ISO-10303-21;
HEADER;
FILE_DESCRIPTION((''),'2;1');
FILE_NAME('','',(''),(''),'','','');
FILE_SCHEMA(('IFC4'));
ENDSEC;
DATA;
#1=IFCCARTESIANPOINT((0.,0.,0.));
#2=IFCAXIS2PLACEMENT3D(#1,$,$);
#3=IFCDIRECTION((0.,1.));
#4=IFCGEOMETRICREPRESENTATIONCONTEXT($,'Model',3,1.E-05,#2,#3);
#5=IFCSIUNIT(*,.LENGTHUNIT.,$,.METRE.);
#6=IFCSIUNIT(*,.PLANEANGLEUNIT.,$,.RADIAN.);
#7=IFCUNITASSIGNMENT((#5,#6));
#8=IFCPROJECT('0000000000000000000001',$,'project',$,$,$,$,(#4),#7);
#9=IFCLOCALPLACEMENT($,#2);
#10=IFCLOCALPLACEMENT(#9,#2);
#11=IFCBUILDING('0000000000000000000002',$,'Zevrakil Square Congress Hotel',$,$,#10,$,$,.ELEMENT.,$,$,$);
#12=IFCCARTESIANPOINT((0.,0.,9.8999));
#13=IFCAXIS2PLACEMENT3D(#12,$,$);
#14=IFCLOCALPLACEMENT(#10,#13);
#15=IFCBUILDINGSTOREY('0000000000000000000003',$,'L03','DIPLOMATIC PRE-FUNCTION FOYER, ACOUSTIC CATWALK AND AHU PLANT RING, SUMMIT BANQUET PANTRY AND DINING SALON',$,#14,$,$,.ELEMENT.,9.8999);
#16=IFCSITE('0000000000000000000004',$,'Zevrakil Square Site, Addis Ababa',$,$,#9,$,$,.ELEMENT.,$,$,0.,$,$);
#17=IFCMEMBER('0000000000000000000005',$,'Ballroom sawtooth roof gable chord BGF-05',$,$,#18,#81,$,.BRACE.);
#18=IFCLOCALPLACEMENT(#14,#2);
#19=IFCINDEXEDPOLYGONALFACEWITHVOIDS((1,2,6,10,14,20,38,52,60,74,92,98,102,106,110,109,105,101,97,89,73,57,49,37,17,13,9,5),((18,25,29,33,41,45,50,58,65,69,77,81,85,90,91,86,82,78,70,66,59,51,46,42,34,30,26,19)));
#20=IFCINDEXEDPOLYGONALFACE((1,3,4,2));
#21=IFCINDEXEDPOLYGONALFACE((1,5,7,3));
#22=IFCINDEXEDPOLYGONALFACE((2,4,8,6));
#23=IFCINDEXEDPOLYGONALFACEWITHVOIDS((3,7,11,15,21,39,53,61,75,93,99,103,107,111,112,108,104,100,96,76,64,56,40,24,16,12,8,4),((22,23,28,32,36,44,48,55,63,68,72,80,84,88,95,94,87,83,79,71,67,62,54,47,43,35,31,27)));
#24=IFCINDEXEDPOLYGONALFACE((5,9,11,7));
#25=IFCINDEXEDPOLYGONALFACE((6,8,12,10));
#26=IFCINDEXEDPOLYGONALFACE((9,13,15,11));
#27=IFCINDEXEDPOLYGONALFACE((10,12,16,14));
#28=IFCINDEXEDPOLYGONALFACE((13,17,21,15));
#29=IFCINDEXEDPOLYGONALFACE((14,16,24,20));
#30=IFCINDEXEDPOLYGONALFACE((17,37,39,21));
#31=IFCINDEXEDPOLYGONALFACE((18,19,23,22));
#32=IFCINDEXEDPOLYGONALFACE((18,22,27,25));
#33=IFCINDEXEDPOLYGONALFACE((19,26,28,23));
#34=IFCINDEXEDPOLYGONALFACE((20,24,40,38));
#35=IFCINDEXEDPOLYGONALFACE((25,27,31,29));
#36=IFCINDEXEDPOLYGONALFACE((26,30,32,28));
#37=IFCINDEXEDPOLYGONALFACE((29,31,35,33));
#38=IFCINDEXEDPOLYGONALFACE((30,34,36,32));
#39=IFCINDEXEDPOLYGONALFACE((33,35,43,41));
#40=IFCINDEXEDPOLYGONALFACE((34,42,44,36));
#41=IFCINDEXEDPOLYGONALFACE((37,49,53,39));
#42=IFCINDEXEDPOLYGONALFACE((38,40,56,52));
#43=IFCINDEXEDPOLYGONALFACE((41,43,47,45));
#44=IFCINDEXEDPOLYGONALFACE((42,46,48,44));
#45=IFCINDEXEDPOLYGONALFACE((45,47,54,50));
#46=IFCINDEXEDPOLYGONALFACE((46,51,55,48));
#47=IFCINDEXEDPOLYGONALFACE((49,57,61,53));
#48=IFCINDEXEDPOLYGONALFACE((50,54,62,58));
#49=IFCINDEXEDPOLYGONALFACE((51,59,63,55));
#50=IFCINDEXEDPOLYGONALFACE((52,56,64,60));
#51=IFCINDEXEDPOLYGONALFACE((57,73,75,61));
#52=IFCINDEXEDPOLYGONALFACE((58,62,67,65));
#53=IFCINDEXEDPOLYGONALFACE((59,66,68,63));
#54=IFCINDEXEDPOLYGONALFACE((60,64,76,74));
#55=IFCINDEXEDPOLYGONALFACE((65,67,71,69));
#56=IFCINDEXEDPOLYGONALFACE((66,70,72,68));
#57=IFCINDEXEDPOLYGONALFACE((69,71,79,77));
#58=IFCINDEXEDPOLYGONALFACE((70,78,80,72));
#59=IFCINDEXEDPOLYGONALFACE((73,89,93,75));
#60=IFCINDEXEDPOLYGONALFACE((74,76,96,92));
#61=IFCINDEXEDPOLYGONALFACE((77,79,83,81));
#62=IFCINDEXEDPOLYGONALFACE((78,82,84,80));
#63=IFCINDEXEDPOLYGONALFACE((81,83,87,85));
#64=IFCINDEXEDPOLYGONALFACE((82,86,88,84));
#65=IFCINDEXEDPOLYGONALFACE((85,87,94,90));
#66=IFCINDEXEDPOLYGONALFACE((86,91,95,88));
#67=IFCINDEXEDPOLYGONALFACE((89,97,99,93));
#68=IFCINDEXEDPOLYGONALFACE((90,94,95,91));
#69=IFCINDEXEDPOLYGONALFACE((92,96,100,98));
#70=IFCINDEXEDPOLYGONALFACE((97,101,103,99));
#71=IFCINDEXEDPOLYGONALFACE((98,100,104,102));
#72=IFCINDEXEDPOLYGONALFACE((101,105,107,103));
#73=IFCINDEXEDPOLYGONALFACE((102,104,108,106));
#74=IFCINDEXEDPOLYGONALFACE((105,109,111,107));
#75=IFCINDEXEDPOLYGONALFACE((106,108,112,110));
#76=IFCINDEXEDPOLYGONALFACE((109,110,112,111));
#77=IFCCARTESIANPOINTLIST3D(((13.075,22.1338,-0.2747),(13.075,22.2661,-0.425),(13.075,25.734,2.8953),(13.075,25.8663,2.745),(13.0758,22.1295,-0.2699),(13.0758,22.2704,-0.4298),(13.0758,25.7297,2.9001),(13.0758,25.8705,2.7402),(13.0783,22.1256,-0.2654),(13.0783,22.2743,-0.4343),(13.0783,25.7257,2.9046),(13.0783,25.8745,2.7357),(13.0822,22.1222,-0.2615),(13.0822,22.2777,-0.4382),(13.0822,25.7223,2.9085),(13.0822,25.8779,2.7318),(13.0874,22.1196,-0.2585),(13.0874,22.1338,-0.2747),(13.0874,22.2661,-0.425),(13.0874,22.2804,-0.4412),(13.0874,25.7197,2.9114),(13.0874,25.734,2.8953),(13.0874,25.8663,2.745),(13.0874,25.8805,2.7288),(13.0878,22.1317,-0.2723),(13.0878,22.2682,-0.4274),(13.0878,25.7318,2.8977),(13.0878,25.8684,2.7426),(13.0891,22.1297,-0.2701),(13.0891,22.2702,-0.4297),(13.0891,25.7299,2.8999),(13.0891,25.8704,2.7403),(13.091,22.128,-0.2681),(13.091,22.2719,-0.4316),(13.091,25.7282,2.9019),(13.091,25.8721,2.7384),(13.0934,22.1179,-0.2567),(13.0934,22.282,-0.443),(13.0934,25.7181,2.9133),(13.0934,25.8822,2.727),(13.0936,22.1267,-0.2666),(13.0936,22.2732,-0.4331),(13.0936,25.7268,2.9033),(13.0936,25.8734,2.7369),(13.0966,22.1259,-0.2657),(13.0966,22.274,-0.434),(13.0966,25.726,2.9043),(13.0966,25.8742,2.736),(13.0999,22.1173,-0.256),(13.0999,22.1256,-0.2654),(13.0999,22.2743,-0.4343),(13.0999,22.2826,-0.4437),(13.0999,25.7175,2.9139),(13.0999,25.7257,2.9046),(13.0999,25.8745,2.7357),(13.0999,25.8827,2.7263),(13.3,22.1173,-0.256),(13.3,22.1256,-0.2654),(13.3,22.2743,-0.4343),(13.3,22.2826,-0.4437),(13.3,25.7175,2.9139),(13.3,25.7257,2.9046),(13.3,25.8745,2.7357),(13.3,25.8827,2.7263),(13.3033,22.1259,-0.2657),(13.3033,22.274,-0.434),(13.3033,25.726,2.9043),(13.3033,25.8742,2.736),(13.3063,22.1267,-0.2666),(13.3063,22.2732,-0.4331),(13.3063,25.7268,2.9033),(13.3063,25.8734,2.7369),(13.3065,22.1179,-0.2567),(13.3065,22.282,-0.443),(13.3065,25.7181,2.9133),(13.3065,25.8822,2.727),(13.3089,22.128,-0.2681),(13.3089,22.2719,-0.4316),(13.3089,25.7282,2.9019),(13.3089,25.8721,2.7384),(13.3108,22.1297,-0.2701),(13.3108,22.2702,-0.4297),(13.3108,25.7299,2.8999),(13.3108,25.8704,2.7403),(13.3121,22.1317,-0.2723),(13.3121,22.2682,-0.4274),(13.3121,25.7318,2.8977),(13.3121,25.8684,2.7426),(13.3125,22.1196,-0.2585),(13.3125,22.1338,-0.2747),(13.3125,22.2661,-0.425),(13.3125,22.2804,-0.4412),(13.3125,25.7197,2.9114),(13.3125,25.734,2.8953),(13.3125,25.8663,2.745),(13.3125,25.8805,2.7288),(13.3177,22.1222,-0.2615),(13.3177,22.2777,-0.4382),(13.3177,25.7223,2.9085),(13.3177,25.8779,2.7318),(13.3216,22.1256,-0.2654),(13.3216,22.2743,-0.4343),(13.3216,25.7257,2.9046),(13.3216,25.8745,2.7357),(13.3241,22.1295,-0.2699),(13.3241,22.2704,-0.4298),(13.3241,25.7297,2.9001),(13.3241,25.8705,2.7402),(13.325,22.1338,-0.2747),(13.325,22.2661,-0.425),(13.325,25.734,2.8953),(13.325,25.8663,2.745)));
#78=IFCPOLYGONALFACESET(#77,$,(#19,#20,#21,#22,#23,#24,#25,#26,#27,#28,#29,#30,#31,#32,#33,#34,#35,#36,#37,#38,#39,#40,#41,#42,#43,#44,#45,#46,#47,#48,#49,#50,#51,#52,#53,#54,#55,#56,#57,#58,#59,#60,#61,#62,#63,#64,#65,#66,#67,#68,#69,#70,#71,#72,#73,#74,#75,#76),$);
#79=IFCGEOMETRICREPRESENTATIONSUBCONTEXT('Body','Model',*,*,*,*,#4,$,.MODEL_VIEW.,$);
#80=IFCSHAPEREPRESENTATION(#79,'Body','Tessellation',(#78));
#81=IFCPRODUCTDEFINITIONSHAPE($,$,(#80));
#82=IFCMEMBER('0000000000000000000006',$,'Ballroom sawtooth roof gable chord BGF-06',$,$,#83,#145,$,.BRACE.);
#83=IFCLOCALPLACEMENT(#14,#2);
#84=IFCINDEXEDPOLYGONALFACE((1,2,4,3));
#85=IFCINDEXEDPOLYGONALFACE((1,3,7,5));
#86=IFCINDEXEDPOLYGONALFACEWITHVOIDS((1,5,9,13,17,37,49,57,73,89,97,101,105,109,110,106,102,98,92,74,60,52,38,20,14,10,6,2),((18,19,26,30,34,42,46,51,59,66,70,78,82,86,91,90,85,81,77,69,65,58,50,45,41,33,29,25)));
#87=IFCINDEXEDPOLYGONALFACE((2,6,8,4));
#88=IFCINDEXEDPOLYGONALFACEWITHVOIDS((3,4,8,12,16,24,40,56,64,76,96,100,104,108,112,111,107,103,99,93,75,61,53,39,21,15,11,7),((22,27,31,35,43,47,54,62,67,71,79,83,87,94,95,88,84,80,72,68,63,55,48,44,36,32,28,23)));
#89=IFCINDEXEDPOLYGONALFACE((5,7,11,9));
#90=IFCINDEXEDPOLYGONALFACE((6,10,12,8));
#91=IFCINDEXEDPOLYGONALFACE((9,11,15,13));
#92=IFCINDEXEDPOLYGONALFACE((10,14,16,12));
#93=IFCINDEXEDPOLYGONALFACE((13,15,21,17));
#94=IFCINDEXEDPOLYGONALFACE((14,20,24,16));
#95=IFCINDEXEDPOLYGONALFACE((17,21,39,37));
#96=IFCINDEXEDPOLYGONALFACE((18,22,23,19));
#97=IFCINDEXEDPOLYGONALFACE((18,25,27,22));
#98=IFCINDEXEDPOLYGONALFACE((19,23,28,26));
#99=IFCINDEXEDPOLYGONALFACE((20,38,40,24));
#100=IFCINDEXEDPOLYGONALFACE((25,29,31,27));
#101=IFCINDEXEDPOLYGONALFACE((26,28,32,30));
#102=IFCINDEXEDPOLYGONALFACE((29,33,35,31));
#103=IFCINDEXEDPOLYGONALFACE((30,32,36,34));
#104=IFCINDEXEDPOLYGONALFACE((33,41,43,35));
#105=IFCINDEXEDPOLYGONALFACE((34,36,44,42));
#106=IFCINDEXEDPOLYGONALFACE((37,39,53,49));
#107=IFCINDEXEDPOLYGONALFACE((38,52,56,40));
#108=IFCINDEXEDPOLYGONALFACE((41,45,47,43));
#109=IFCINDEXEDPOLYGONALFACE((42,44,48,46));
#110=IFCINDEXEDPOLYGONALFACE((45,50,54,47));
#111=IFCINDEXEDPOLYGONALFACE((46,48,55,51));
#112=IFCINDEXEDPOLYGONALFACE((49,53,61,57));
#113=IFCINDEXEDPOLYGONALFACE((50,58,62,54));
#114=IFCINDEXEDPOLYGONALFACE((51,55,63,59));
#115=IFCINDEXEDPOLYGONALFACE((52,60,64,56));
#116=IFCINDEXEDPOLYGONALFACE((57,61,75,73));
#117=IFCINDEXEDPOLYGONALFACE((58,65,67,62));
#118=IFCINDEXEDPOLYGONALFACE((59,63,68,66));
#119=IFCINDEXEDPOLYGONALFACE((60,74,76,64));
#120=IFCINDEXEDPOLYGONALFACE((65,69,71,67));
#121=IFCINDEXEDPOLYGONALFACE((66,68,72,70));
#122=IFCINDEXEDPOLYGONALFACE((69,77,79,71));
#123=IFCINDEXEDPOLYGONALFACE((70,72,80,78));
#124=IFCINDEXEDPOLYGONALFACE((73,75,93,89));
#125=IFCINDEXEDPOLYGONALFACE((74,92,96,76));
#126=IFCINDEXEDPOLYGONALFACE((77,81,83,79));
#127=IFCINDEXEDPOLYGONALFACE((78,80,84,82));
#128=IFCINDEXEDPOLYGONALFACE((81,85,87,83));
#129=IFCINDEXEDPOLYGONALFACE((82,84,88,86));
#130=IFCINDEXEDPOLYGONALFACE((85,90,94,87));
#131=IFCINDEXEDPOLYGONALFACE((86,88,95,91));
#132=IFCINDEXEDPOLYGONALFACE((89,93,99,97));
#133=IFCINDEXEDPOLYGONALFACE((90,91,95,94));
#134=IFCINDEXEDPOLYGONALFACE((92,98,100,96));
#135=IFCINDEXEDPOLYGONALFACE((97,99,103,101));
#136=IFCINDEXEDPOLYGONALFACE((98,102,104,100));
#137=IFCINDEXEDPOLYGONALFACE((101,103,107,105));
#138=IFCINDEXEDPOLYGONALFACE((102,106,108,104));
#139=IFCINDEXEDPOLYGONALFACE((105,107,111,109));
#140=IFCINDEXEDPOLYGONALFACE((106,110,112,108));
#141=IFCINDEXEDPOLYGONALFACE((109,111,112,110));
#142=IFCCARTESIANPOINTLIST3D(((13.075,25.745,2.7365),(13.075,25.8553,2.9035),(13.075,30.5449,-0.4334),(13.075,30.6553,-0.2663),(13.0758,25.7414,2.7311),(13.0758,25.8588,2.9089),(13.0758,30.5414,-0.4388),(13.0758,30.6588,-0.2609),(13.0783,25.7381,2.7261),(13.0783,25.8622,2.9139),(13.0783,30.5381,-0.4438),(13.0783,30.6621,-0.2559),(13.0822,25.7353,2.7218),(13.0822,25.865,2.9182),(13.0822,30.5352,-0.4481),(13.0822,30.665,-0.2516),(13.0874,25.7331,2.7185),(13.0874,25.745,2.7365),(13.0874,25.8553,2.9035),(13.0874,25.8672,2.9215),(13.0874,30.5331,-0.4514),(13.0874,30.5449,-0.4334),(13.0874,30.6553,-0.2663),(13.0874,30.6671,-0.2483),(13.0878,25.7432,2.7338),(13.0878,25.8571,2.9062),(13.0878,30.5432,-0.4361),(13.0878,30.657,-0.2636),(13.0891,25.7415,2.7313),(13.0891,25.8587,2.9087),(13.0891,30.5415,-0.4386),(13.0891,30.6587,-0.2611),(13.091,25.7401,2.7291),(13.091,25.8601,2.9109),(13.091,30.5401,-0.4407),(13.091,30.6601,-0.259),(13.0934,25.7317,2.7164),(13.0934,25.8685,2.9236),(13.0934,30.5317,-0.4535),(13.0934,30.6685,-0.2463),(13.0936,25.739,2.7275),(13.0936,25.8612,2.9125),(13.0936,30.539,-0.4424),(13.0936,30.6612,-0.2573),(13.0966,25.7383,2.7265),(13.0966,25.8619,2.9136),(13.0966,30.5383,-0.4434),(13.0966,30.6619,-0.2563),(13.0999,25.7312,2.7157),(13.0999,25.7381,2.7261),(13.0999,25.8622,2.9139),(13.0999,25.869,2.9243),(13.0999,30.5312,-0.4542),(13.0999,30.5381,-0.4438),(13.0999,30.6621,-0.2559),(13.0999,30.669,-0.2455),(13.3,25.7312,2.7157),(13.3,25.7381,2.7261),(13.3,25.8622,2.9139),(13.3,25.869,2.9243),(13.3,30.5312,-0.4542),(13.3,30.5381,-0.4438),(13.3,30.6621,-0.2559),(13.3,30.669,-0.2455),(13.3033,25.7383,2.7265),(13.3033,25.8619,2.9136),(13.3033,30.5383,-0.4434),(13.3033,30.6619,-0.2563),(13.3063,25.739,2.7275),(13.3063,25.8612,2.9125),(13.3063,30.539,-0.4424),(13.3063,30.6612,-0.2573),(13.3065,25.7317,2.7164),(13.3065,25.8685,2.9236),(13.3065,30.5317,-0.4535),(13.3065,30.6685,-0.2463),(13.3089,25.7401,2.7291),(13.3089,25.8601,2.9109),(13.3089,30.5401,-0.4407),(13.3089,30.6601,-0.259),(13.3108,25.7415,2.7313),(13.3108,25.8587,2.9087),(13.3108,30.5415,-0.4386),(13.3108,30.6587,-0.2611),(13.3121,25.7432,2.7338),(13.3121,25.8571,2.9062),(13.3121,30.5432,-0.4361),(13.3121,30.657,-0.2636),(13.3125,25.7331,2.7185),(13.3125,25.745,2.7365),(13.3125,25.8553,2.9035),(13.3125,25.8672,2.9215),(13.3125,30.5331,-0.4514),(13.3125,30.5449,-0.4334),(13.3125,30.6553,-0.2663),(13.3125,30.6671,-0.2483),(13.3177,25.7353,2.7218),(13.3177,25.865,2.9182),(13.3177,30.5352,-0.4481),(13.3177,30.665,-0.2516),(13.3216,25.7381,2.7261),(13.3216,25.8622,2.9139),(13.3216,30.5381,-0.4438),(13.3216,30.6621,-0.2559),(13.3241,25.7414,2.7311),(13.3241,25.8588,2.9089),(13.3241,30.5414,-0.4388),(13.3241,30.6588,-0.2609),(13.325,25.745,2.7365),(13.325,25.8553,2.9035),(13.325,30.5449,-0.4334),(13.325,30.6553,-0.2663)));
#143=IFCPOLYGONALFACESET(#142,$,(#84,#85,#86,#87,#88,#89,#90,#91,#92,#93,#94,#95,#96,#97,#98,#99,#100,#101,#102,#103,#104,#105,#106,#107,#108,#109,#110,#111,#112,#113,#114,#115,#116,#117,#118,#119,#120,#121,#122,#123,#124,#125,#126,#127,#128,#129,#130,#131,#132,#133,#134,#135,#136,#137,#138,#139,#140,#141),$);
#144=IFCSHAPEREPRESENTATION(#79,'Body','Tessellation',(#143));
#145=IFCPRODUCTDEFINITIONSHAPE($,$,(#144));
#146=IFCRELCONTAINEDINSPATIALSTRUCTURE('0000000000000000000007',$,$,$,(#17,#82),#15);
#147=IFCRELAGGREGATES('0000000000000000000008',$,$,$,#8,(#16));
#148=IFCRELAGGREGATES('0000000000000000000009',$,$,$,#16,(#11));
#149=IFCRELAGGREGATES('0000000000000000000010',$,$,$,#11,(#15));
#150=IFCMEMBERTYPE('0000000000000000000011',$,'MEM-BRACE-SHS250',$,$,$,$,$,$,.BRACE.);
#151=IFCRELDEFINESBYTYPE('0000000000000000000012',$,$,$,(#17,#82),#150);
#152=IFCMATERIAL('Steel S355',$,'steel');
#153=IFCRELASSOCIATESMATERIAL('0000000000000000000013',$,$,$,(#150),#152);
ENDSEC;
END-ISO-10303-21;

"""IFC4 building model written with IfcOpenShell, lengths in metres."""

from ifc_helpers import new_model, si_unit, direction, frame, origin, origin_2d, place, context, subcontext, project, spatial, hollow_rectangle, extrude, material, material_profile, profile_set, type_object, element, save


model = new_model("IFC4")

# Units and contexts
model_context = context("Model", 3, precision=1e-05, world=origin(), true_north=direction((0.0, 1.0)))
body_context = subcontext(model_context, "Body", "Model", "MODEL_VIEW")
ifc_project = project(units=[si_unit("LENGTHUNIT", "METRE"), si_unit("PLANEANGLEUNIT", "RADIAN")], contexts=[model_context])

# Site, building, storey
site_placement = place(None, origin())
site = spatial("IfcSite", under=ifc_project, at=site_placement, Name="Zevrakil Square Site, Addis Ababa", CompositionType="ELEMENT", RefElevation=0.0)
building_placement = place(site_placement, origin())
building = spatial("IfcBuilding", under=site, at=building_placement, Name="Zevrakil Square Congress Hotel", CompositionType="ELEMENT")
storey_placement = place(building_placement, frame((0.0, 0.0, 9.8999)))
storey = spatial("IfcBuildingStorey", under=building, at=storey_placement, Name="L03", Description="DIPLOMATIC PRE-FUNCTION FOYER, ACOUSTIC CATWALK AND AHU PLANT RING, SUMMIT BANQUET PANTRY AND DINING SALON", CompositionType="ELEMENT", Elevation=9.8999)

# Members
ifc_material_1 = material(Name="Steel S355", Category="steel")
ifc_material_profile_1 = material_profile(ifc_material_1, hollow_rectangle(XDim=0.25, YDim=0.25, WallThickness=0.0125, InnerFilletRadius=0.0125, OuterFilletRadius=0.0249, at=origin_2d()), Name="SHS 250x250x12.5")
ifc_profile_set_1 = profile_set([ifc_material_profile_1], Name="Steel S355")
member_type_1 = type_object("IfcMemberType", Name="MEM-BRACE-SHS250", PredefinedType="BRACE", material=ifc_profile_set_1)
member_1_placement = place(storey_placement, frame((13.2, 22.2, -0.3499), z_axis=(0.0, 0.750524, 0.660844), x_axis=(-1.0, 0.0, 0.0)))
element("IfcMember", 1, at=member_1_placement, inside=storey, type_object=member_type_1, Name="Ballroom sawtooth roof gable chord BGF-05", PredefinedType="BRACE", context=body_context, shape_type="SweptSolid", body=[
    extrude(hollow_rectangle(XDim=0.25, YDim=0.25, WallThickness=0.0125, InnerFilletRadius=0.0125, OuterFilletRadius=0.0249, at=origin_2d()), origin(), (0.0, 0.0, 1.0), 4.7969),
])
member_2_placement = place(storey_placement, frame((13.2, 30.6001, -0.3499), z_axis=(0.0, -0.834458, 0.551071), x_axis=(1.0, 0.0, 0.0)))
element("IfcMember", 2, at=member_2_placement, inside=storey, type_object=member_type_1, Name="Ballroom sawtooth roof gable chord BGF-06", PredefinedType="BRACE", context=body_context, shape_type="SweptSolid", body=[
    extrude(hollow_rectangle(XDim=0.25, YDim=0.25, WallThickness=0.0125, InnerFilletRadius=0.0125, OuterFilletRadius=0.0249, at=origin_2d()), origin(), (0.0, 0.0, 1.0), 5.7522),
])

save(model, "model.ifc")
